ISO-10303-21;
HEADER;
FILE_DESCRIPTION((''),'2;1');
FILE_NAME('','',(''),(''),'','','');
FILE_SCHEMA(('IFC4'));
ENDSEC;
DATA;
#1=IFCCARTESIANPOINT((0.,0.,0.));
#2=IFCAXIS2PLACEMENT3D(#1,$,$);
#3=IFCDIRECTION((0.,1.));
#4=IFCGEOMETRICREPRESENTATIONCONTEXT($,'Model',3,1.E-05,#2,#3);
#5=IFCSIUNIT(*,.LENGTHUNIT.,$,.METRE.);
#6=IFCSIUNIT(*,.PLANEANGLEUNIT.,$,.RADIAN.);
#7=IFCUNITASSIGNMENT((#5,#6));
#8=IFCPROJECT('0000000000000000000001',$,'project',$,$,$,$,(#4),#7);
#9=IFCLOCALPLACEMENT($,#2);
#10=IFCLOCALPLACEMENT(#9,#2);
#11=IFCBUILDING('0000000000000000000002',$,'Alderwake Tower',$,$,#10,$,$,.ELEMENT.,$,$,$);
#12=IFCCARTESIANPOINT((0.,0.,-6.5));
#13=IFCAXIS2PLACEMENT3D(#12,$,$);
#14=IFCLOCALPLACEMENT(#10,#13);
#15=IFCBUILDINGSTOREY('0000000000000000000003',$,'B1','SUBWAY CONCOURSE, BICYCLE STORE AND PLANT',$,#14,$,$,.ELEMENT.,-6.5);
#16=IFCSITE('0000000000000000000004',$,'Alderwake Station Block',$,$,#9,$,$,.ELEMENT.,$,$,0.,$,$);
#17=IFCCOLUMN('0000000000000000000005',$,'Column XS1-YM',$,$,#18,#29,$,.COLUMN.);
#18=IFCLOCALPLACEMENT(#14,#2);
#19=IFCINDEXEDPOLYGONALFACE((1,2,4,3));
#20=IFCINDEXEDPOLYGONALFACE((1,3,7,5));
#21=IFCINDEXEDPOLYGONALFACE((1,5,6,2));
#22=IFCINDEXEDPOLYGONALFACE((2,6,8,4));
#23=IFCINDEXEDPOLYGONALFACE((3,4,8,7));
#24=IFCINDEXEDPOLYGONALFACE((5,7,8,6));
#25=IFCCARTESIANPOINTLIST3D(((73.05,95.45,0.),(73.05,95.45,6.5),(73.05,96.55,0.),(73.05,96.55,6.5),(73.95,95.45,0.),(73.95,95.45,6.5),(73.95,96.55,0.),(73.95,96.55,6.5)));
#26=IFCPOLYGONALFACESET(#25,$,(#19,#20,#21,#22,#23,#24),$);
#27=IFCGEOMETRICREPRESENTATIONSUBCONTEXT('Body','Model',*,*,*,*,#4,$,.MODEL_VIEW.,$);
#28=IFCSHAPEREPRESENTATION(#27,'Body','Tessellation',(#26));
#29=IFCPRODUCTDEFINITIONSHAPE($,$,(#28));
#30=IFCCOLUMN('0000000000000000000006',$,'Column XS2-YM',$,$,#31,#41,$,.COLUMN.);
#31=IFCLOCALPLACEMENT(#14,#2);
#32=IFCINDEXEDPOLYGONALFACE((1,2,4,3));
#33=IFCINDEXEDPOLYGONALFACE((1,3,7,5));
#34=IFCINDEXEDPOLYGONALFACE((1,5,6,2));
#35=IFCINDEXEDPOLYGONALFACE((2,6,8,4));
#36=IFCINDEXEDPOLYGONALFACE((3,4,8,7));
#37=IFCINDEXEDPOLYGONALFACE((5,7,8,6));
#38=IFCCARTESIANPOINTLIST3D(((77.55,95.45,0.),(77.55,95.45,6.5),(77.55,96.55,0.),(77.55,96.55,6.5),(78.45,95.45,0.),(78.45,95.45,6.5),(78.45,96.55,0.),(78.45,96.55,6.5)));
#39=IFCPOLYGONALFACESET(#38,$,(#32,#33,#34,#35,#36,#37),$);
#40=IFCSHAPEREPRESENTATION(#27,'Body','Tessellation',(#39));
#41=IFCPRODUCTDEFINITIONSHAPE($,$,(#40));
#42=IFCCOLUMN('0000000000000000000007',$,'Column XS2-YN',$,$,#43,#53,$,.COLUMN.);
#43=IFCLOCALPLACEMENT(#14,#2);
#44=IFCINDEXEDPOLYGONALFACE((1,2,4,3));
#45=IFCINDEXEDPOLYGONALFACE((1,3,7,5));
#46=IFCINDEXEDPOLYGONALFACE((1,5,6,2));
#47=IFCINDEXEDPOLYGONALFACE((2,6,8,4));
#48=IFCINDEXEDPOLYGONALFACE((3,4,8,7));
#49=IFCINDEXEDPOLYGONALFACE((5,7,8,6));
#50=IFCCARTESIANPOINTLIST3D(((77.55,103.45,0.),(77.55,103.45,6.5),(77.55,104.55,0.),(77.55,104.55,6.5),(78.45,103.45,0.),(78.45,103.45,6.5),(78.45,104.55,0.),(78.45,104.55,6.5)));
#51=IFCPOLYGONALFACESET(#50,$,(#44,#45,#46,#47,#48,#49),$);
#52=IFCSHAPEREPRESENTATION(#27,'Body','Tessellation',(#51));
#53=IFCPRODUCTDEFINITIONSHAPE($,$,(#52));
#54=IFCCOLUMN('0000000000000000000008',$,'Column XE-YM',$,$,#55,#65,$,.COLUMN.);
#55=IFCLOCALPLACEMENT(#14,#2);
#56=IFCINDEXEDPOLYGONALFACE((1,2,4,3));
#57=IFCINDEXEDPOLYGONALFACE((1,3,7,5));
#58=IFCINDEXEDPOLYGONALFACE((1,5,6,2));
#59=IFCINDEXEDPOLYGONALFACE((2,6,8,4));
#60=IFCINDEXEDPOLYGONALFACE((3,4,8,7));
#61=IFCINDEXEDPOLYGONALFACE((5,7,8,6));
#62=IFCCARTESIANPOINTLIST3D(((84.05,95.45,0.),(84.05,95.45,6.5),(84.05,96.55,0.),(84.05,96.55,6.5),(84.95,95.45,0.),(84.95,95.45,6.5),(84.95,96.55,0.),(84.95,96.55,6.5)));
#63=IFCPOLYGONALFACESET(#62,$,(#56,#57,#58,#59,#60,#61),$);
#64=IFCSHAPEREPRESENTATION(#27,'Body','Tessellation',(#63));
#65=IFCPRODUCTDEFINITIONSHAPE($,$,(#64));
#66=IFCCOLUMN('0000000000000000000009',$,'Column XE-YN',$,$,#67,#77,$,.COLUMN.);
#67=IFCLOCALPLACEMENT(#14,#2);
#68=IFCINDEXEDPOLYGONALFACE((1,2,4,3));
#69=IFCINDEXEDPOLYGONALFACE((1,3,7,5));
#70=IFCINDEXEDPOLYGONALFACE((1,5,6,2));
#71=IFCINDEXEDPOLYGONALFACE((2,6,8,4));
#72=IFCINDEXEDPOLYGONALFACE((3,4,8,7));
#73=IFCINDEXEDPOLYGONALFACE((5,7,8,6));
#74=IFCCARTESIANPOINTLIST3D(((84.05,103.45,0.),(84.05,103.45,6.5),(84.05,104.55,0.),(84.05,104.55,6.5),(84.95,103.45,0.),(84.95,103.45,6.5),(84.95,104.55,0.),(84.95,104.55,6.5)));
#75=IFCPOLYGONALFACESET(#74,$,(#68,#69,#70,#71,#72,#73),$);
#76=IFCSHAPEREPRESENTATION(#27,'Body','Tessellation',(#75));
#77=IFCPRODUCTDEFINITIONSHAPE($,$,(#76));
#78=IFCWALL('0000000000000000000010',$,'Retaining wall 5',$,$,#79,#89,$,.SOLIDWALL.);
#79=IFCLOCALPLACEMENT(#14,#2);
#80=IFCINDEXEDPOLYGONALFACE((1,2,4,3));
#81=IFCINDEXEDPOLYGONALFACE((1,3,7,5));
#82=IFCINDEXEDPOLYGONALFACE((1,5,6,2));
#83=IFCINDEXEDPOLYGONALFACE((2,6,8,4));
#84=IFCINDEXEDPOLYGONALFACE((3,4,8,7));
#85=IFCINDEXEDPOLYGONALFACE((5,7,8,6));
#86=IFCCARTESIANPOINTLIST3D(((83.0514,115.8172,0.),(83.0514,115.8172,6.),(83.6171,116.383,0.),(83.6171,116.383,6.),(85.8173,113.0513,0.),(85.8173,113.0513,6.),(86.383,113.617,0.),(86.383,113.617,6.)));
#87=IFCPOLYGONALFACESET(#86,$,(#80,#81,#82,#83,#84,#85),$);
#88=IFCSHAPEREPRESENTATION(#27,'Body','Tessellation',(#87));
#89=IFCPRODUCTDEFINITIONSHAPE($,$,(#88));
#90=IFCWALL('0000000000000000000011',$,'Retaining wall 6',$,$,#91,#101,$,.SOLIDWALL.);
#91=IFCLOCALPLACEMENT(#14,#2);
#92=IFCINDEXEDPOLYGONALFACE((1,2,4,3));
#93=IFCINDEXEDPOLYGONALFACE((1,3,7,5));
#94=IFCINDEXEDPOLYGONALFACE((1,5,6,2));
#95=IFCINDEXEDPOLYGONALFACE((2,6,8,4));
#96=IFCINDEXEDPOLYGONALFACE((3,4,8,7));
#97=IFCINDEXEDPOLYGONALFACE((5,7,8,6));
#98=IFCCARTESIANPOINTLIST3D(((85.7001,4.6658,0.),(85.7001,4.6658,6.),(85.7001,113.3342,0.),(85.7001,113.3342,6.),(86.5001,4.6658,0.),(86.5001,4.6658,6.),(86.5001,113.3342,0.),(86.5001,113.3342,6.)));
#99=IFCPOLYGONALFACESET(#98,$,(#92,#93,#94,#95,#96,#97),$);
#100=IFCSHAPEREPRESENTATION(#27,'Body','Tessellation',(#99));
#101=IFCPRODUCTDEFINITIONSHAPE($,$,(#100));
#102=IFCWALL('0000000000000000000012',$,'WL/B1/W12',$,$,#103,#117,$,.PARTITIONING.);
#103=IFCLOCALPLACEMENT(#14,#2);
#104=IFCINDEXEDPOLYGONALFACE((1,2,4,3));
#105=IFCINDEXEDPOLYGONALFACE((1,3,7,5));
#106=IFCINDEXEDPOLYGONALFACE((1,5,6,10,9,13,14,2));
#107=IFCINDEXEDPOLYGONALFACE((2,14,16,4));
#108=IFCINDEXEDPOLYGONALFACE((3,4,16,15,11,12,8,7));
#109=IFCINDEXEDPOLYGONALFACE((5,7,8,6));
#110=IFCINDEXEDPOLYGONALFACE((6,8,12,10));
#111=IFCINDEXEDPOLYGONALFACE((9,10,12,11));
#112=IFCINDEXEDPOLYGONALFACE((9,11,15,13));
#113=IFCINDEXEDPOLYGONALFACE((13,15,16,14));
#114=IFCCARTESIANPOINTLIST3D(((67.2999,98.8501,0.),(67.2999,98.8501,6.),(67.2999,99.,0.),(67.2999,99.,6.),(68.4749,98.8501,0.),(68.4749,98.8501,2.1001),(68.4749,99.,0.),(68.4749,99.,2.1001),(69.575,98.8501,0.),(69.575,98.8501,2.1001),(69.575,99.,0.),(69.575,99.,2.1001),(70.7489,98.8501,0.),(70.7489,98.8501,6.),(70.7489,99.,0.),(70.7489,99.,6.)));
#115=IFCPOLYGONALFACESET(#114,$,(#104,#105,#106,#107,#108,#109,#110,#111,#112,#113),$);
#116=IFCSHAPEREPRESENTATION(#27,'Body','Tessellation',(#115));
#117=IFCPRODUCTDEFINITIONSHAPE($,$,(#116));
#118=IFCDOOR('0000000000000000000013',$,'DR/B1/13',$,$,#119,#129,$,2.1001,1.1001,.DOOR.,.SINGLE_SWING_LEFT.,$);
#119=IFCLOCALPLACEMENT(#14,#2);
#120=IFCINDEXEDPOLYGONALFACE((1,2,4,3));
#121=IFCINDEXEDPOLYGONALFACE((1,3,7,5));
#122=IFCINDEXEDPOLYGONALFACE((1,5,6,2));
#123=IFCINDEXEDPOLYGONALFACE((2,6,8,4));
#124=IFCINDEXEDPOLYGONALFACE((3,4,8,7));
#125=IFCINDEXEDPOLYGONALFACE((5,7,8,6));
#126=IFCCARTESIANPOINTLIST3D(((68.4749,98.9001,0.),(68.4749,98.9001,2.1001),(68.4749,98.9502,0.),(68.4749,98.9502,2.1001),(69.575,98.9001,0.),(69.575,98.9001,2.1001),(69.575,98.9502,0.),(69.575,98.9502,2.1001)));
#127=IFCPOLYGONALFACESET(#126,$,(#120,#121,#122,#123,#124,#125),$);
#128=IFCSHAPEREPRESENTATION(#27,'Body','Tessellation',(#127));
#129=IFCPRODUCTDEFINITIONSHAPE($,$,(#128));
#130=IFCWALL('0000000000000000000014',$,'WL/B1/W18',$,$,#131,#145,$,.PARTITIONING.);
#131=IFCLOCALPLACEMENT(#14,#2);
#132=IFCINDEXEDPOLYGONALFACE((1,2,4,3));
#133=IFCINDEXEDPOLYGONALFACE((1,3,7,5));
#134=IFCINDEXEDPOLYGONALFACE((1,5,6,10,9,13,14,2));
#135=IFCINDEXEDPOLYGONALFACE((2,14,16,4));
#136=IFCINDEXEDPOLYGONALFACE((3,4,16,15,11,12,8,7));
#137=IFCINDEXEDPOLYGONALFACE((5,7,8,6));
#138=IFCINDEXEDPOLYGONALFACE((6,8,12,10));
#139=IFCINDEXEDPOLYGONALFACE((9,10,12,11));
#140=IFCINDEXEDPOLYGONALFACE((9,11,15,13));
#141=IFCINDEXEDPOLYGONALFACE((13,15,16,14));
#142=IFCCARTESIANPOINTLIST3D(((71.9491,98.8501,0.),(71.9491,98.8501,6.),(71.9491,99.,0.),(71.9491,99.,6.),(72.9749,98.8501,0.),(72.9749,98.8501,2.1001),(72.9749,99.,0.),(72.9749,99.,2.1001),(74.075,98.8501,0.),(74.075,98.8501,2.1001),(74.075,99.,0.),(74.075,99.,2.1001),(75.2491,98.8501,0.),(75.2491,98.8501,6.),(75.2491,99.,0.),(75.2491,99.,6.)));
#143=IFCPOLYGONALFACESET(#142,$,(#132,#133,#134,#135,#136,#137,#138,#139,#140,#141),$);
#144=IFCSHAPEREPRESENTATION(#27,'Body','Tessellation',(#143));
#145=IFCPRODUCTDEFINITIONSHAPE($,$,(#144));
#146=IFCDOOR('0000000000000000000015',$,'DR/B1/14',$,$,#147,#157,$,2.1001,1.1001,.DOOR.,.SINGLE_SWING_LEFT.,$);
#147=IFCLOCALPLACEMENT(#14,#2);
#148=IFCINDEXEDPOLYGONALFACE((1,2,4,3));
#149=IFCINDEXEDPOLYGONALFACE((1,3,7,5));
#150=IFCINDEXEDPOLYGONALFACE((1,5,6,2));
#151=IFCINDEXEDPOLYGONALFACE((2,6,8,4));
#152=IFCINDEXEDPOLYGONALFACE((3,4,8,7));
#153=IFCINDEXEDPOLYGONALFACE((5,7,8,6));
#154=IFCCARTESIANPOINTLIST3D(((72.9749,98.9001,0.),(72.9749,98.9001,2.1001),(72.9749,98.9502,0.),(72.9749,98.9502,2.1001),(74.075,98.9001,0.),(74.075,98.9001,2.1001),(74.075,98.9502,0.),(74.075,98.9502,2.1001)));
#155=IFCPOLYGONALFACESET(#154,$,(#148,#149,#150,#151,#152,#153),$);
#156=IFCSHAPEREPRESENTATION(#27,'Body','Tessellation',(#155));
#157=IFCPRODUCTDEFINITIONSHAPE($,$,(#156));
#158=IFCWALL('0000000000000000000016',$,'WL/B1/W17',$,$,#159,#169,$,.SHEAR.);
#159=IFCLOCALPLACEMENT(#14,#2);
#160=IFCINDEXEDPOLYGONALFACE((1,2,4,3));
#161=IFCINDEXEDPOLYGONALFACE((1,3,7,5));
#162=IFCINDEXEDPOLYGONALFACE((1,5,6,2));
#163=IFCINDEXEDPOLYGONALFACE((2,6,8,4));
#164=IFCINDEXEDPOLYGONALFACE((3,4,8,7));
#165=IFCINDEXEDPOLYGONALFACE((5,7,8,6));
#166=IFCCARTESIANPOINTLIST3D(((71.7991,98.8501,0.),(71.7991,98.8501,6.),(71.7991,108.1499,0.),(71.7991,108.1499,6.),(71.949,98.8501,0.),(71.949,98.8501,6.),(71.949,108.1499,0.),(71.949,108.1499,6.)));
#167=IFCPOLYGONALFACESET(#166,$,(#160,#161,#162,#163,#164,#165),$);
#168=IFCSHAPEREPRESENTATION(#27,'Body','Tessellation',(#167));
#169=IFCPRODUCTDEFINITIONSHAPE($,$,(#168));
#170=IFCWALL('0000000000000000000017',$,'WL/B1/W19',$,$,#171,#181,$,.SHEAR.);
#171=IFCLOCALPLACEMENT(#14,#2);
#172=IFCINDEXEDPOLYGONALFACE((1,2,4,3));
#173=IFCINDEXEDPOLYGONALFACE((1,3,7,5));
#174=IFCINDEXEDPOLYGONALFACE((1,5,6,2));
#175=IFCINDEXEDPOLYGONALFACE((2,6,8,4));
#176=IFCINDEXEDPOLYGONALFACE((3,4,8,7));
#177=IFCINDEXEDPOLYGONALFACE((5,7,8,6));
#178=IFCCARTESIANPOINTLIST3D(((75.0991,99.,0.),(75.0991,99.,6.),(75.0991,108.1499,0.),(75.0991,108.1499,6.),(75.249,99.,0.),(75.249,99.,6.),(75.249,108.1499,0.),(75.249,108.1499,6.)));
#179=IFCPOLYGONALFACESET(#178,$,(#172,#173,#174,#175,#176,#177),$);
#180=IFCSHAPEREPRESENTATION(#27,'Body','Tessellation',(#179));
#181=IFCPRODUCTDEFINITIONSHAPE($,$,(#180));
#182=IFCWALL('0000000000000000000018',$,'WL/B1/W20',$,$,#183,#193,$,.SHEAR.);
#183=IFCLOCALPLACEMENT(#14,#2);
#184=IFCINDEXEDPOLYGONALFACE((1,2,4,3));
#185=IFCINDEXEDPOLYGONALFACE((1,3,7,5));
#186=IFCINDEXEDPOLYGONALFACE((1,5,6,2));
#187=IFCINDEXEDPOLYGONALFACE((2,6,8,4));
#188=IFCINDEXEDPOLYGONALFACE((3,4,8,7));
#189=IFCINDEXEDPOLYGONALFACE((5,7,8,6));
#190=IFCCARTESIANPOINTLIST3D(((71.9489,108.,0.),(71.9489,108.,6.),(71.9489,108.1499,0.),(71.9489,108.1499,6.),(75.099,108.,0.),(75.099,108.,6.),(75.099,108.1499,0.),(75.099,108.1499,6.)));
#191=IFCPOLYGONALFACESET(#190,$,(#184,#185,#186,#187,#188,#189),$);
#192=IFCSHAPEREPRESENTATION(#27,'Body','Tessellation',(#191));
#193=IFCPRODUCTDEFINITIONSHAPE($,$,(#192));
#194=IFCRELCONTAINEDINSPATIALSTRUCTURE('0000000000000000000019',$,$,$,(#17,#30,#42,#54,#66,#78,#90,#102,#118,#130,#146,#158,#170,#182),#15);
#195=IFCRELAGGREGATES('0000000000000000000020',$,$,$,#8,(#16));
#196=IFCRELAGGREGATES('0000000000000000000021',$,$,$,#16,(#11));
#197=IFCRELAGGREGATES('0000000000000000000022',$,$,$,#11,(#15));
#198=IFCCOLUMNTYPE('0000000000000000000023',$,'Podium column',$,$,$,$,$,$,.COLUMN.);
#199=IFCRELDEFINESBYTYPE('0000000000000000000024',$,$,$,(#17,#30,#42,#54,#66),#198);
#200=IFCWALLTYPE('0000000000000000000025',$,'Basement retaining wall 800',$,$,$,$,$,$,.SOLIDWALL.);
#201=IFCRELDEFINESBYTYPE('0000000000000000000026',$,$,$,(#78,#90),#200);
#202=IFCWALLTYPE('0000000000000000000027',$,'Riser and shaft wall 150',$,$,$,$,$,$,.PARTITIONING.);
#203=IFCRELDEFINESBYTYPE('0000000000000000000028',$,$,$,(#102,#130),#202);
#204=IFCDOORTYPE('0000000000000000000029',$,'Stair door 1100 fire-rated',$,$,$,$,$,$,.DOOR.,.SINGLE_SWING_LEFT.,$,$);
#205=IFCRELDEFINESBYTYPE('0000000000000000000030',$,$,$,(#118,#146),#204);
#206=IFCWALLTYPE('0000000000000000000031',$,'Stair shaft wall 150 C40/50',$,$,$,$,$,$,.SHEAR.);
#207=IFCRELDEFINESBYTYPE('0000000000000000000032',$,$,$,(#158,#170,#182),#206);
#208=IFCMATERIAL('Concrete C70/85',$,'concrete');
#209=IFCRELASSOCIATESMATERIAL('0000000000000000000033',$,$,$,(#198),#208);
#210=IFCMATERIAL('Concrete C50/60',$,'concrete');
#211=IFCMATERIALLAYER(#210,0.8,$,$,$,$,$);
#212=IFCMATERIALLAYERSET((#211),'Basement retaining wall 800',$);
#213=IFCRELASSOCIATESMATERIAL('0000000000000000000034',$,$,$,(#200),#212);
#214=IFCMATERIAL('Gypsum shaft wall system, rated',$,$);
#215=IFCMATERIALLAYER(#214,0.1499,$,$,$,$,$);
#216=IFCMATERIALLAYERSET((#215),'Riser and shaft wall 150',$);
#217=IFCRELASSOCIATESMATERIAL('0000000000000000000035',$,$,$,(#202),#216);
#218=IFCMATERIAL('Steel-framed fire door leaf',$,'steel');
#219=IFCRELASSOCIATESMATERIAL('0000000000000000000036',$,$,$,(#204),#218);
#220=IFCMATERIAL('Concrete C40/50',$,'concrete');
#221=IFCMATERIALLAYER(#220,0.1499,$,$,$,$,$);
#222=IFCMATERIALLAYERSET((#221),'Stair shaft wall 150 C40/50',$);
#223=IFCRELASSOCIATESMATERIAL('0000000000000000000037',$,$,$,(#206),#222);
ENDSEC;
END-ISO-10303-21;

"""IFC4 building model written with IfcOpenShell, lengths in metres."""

from ifc_helpers import new_model, si_unit, direction, frame, frame_2d, origin, origin_2d, place, context, subcontext, project, spatial, rectangle, extrude, material, layer, layer_set, material_profile, profile_set, type_object, element, fill, save


model = new_model("IFC4")

# Units and contexts
model_context = context("Model", 3, precision=1e-05, world=origin(), true_north=direction((0.0, 1.0)))
body_context = subcontext(model_context, "Body", "Model", "MODEL_VIEW")
ifc_project = project(units=[si_unit("LENGTHUNIT", "METRE"), si_unit("PLANEANGLEUNIT", "RADIAN")], contexts=[model_context])

# Site, building, storey
site_placement = place(None, origin())
site = spatial("IfcSite", under=ifc_project, at=site_placement, Name="Alderwake Station Block", CompositionType="ELEMENT", RefElevation=0.0)
building_placement = place(site_placement, origin())
building = spatial("IfcBuilding", under=site, at=building_placement, Name="Alderwake Tower", CompositionType="ELEMENT")
storey_placement = place(building_placement, frame((0.0, 0.0, -6.5)))
storey = spatial("IfcBuildingStorey", under=building, at=storey_placement, Name="B1", Description="SUBWAY CONCOURSE, BICYCLE STORE AND PLANT", CompositionType="ELEMENT", Elevation=-6.5)

# Columns
ifc_material_1 = material(Name="Concrete C70/85", Category="concrete")
ifc_material_profile = material_profile(ifc_material_1, rectangle(XDim=0.8999, YDim=1.1001, at=origin_2d()), Name="RC 1100X900")
ifc_profile_set = profile_set([ifc_material_profile], Name="Concrete C70/85")
column_type = type_object("IfcColumnType", Name="Podium column", PredefinedType="COLUMN", material=ifc_profile_set)
for number, where, z_axis, x_axis, name in (
    (1, (73.5, 96.0, 0.0), (0.0, 0.0, 1.0), (1.0, 0.0, 0.0), "Column XS1-YM"),
    (2, (78.0, 96.0, 0.0), (0.0, 0.0, 1.0), (1.0, 0.0, 0.0), "Column XS2-YM"),
    (3, (78.0, 104.0, 0.0), (0.0, 0.0, 1.0), (1.0, 0.0, 0.0), "Column XS2-YN"),
    (4, (84.5, 96.0, 0.0), (0.0, 0.0, 1.0), (1.0, 0.0, 0.0), "Column XE-YM"),
    (5, (84.5, 104.0, 0.0), (0.0, 0.0, 1.0), (1.0, 0.0, 0.0), "Column XE-YN"),
):
    element("IfcColumn", number, at=place(storey_placement, frame(where, z_axis=z_axis, x_axis=x_axis)), inside=storey, type_object=column_type, Name=name, PredefinedType="COLUMN", context=body_context, shape_type="SweptSolid", body=[
        extrude(rectangle(XDim=0.8999, YDim=1.1001, at=origin_2d()), origin(), (0.0, 0.0, 1.0), 6.5),
    ])

# Walls
ifc_material_2 = material(Name="Concrete C50/60", Category="concrete")
ifc_layer_1 = layer(ifc_material_2, 0.8)
ifc_layer_set_1 = layer_set([ifc_layer_1], Name="Basement retaining wall 800")
wall_type_1 = type_object("IfcWallType", Name="Basement retaining wall 800", PredefinedType="SOLIDWALL", material=ifc_layer_set_1)
wall_1_placement = place(storey_placement, frame((83.3342, 116.1001, 0.0), z_axis=(0.0, 0.0, 1.0), x_axis=(0.707107, -0.707107, 0.0)))
element("IfcWall", 6, at=wall_1_placement, inside=storey, type_object=wall_type_1, Name="Retaining wall 5", PredefinedType="SOLIDWALL", context=body_context, shape_type="SweptSolid", body=[
    extrude(rectangle(XDim=3.9116, YDim=0.8, at=frame_2d((1.9558, 0.0))), origin(), (0.0, 0.0, 1.0), 6.0),
])
wall_2_placement = place(storey_placement, frame((86.1001, 113.3342, 0.0), z_axis=(0.0, 0.0, 1.0), x_axis=(0.0, -1.0, 0.0)))
element("IfcWall", 7, at=wall_2_placement, inside=storey, type_object=wall_type_1, Name="Retaining wall 6", PredefinedType="SOLIDWALL", context=body_context, shape_type="SweptSolid", body=[
    extrude(rectangle(XDim=108.6685, YDim=0.8, at=frame_2d((54.3342, 0.0))), origin(), (0.0, 0.0, 1.0), 6.0),
])

# Walls, openings, doors
ifc_material_3 = material(Name="Gypsum shaft wall system, rated")
ifc_layer_2 = layer(ifc_material_3, 0.1499)
ifc_layer_set_2 = layer_set([ifc_layer_2], Name="Riser and shaft wall 150")
wall_type_2 = type_object("IfcWallType", Name="Riser and shaft wall 150", PredefinedType="PARTITIONING", material=ifc_layer_set_2)
wall_3_placement = place(storey_placement, frame((70.749, 98.925, 0.0), z_axis=(0.0, 0.0, 1.0), x_axis=(-1.0, 0.0, 0.0)))
wall_3 = element("IfcWall", 8, at=wall_3_placement, inside=storey, type_object=wall_type_2, Name="WL/B1/W12", PredefinedType="PARTITIONING", context=body_context, shape_type="SweptSolid", body=[
    extrude(rectangle(XDim=3.449, YDim=0.1499, at=frame_2d((1.7246, 0.0))), origin(), (0.0, 0.0, 1.0), 6.0),
])
opening_1_placement = place(wall_3_placement, frame((1.1741, 0.0, 0.0)))
opening_1 = element("IfcOpeningElement", 9, at=opening_1_placement, cuts=wall_3, PredefinedType="OPENING", context=body_context, shape_type="SweptSolid", body=[
    extrude(rectangle(XDim=1.1001, YDim=2.1001, at=frame_2d((0.55, 1.05))), frame((0.0, 0.085, 0.0), z_axis=(0.0, -1.0, 0.0), x_axis=(1.0, 0.0, 0.0)), (0.0, 0.0, 1.0), 0.1699),
])
ifc_material_4 = material(Name="Steel-framed fire door leaf", Category="steel")
door_type = type_object("IfcDoorType", Name="Stair door 1100 fire-rated", OperationType="SINGLE_SWING_LEFT", PredefinedType="DOOR", material=ifc_material_4)
door_1_placement = place(opening_1_placement, origin())
door_1 = element("IfcDoor", 10, at=door_1_placement, inside=storey, type_object=door_type, Name="DR/B1/13", OperationType="SINGLE_SWING_LEFT", OverallHeight=2.1001, OverallWidth=1.1001, PredefinedType="DOOR", context=body_context, shape_type="SweptSolid", body=[
    extrude(rectangle(XDim=1.1001, YDim=2.1001, at=frame_2d((0.55, 1.05))), frame((0.0, 0.0249, 0.0), z_axis=(0.0, -1.0, 0.0), x_axis=(1.0, 0.0, 0.0)), (0.0, 0.0, 1.0), 0.05),
])
fill(opening_1, door_1)
wall_4_placement = place(storey_placement, frame((75.249, 98.925, 0.0), z_axis=(0.0, 0.0, 1.0), x_axis=(-1.0, 0.0, 0.0)))
wall_4 = element("IfcWall", 11, at=wall_4_placement, inside=storey, type_object=wall_type_2, Name="WL/B1/W18", PredefinedType="PARTITIONING", context=body_context, shape_type="SweptSolid", body=[
    extrude(rectangle(XDim=3.3, YDim=0.1499, at=frame_2d((1.6499, 0.0))), origin(), (0.0, 0.0, 1.0), 6.0),
])
opening_2_placement = place(wall_4_placement, frame((1.1741, 0.0, 0.0)))
opening_2 = element("IfcOpeningElement", 12, at=opening_2_placement, cuts=wall_4, PredefinedType="OPENING", context=body_context, shape_type="SweptSolid", body=[
    extrude(rectangle(XDim=1.1001, YDim=2.1001, at=frame_2d((0.55, 1.05))), frame((0.0, 0.085, 0.0), z_axis=(0.0, -1.0, 0.0), x_axis=(1.0, 0.0, 0.0)), (0.0, 0.0, 1.0), 0.1699),
])
door_2_placement = place(opening_2_placement, origin())
door_2 = element("IfcDoor", 13, at=door_2_placement, inside=storey, type_object=door_type, Name="DR/B1/14", OperationType="SINGLE_SWING_LEFT", OverallHeight=2.1001, OverallWidth=1.1001, PredefinedType="DOOR", context=body_context, shape_type="SweptSolid", body=[
    extrude(rectangle(XDim=1.1001, YDim=2.1001, at=frame_2d((0.55, 1.05))), frame((0.0, 0.0249, 0.0), z_axis=(0.0, -1.0, 0.0), x_axis=(1.0, 0.0, 0.0)), (0.0, 0.0, 1.0), 0.05),
])
fill(opening_2, door_2)

# Walls
ifc_material_5 = material(Name="Concrete C40/50", Category="concrete")
ifc_layer_3 = layer(ifc_material_5, 0.1499)
ifc_layer_set_3 = layer_set([ifc_layer_3], Name="Stair shaft wall 150 C40/50")
wall_type_3 = type_object("IfcWallType", Name="Stair shaft wall 150 C40/50", PredefinedType="SHEAR", material=ifc_layer_set_3)
wall_5_placement = place(storey_placement, frame((71.874, 98.8501, 0.0), z_axis=(0.0, 0.0, 1.0), x_axis=(0.0, 1.0, 0.0)))
element("IfcWall", 14, at=wall_5_placement, inside=storey, type_object=wall_type_3, Name="WL/B1/W17", PredefinedType="SHEAR", context=body_context, shape_type="SweptSolid", body=[
    extrude(rectangle(XDim=9.2998, YDim=0.1499, at=frame_2d((4.6499, 0.0))), origin(), (0.0, 0.0, 1.0), 6.0),
])
wall_6_placement = place(storey_placement, frame((75.1741, 99.0, 0.0), z_axis=(0.0, 0.0, 1.0), x_axis=(0.0, 1.0, 0.0)))
element("IfcWall", 15, at=wall_6_placement, inside=storey, type_object=wall_type_3, Name="WL/B1/W19", PredefinedType="SHEAR", context=body_context, shape_type="SweptSolid", body=[
    extrude(rectangle(XDim=9.1499, YDim=0.1499, at=frame_2d((4.575, 0.0))), origin(), (0.0, 0.0, 1.0), 6.0),
])
wall_7_placement = place(storey_placement, frame((75.0991, 108.075, 0.0), z_axis=(0.0, 0.0, 1.0), x_axis=(-1.0, 0.0, 0.0)))
element("IfcWall", 16, at=wall_7_placement, inside=storey, type_object=wall_type_3, Name="WL/B1/W20", PredefinedType="SHEAR", context=body_context, shape_type="SweptSolid", body=[
    extrude(rectangle(XDim=3.1501, YDim=0.1499, at=frame_2d((1.5752, 0.0))), origin(), (0.0, 0.0, 1.0), 6.0),
])

save(model, "model.ifc")
